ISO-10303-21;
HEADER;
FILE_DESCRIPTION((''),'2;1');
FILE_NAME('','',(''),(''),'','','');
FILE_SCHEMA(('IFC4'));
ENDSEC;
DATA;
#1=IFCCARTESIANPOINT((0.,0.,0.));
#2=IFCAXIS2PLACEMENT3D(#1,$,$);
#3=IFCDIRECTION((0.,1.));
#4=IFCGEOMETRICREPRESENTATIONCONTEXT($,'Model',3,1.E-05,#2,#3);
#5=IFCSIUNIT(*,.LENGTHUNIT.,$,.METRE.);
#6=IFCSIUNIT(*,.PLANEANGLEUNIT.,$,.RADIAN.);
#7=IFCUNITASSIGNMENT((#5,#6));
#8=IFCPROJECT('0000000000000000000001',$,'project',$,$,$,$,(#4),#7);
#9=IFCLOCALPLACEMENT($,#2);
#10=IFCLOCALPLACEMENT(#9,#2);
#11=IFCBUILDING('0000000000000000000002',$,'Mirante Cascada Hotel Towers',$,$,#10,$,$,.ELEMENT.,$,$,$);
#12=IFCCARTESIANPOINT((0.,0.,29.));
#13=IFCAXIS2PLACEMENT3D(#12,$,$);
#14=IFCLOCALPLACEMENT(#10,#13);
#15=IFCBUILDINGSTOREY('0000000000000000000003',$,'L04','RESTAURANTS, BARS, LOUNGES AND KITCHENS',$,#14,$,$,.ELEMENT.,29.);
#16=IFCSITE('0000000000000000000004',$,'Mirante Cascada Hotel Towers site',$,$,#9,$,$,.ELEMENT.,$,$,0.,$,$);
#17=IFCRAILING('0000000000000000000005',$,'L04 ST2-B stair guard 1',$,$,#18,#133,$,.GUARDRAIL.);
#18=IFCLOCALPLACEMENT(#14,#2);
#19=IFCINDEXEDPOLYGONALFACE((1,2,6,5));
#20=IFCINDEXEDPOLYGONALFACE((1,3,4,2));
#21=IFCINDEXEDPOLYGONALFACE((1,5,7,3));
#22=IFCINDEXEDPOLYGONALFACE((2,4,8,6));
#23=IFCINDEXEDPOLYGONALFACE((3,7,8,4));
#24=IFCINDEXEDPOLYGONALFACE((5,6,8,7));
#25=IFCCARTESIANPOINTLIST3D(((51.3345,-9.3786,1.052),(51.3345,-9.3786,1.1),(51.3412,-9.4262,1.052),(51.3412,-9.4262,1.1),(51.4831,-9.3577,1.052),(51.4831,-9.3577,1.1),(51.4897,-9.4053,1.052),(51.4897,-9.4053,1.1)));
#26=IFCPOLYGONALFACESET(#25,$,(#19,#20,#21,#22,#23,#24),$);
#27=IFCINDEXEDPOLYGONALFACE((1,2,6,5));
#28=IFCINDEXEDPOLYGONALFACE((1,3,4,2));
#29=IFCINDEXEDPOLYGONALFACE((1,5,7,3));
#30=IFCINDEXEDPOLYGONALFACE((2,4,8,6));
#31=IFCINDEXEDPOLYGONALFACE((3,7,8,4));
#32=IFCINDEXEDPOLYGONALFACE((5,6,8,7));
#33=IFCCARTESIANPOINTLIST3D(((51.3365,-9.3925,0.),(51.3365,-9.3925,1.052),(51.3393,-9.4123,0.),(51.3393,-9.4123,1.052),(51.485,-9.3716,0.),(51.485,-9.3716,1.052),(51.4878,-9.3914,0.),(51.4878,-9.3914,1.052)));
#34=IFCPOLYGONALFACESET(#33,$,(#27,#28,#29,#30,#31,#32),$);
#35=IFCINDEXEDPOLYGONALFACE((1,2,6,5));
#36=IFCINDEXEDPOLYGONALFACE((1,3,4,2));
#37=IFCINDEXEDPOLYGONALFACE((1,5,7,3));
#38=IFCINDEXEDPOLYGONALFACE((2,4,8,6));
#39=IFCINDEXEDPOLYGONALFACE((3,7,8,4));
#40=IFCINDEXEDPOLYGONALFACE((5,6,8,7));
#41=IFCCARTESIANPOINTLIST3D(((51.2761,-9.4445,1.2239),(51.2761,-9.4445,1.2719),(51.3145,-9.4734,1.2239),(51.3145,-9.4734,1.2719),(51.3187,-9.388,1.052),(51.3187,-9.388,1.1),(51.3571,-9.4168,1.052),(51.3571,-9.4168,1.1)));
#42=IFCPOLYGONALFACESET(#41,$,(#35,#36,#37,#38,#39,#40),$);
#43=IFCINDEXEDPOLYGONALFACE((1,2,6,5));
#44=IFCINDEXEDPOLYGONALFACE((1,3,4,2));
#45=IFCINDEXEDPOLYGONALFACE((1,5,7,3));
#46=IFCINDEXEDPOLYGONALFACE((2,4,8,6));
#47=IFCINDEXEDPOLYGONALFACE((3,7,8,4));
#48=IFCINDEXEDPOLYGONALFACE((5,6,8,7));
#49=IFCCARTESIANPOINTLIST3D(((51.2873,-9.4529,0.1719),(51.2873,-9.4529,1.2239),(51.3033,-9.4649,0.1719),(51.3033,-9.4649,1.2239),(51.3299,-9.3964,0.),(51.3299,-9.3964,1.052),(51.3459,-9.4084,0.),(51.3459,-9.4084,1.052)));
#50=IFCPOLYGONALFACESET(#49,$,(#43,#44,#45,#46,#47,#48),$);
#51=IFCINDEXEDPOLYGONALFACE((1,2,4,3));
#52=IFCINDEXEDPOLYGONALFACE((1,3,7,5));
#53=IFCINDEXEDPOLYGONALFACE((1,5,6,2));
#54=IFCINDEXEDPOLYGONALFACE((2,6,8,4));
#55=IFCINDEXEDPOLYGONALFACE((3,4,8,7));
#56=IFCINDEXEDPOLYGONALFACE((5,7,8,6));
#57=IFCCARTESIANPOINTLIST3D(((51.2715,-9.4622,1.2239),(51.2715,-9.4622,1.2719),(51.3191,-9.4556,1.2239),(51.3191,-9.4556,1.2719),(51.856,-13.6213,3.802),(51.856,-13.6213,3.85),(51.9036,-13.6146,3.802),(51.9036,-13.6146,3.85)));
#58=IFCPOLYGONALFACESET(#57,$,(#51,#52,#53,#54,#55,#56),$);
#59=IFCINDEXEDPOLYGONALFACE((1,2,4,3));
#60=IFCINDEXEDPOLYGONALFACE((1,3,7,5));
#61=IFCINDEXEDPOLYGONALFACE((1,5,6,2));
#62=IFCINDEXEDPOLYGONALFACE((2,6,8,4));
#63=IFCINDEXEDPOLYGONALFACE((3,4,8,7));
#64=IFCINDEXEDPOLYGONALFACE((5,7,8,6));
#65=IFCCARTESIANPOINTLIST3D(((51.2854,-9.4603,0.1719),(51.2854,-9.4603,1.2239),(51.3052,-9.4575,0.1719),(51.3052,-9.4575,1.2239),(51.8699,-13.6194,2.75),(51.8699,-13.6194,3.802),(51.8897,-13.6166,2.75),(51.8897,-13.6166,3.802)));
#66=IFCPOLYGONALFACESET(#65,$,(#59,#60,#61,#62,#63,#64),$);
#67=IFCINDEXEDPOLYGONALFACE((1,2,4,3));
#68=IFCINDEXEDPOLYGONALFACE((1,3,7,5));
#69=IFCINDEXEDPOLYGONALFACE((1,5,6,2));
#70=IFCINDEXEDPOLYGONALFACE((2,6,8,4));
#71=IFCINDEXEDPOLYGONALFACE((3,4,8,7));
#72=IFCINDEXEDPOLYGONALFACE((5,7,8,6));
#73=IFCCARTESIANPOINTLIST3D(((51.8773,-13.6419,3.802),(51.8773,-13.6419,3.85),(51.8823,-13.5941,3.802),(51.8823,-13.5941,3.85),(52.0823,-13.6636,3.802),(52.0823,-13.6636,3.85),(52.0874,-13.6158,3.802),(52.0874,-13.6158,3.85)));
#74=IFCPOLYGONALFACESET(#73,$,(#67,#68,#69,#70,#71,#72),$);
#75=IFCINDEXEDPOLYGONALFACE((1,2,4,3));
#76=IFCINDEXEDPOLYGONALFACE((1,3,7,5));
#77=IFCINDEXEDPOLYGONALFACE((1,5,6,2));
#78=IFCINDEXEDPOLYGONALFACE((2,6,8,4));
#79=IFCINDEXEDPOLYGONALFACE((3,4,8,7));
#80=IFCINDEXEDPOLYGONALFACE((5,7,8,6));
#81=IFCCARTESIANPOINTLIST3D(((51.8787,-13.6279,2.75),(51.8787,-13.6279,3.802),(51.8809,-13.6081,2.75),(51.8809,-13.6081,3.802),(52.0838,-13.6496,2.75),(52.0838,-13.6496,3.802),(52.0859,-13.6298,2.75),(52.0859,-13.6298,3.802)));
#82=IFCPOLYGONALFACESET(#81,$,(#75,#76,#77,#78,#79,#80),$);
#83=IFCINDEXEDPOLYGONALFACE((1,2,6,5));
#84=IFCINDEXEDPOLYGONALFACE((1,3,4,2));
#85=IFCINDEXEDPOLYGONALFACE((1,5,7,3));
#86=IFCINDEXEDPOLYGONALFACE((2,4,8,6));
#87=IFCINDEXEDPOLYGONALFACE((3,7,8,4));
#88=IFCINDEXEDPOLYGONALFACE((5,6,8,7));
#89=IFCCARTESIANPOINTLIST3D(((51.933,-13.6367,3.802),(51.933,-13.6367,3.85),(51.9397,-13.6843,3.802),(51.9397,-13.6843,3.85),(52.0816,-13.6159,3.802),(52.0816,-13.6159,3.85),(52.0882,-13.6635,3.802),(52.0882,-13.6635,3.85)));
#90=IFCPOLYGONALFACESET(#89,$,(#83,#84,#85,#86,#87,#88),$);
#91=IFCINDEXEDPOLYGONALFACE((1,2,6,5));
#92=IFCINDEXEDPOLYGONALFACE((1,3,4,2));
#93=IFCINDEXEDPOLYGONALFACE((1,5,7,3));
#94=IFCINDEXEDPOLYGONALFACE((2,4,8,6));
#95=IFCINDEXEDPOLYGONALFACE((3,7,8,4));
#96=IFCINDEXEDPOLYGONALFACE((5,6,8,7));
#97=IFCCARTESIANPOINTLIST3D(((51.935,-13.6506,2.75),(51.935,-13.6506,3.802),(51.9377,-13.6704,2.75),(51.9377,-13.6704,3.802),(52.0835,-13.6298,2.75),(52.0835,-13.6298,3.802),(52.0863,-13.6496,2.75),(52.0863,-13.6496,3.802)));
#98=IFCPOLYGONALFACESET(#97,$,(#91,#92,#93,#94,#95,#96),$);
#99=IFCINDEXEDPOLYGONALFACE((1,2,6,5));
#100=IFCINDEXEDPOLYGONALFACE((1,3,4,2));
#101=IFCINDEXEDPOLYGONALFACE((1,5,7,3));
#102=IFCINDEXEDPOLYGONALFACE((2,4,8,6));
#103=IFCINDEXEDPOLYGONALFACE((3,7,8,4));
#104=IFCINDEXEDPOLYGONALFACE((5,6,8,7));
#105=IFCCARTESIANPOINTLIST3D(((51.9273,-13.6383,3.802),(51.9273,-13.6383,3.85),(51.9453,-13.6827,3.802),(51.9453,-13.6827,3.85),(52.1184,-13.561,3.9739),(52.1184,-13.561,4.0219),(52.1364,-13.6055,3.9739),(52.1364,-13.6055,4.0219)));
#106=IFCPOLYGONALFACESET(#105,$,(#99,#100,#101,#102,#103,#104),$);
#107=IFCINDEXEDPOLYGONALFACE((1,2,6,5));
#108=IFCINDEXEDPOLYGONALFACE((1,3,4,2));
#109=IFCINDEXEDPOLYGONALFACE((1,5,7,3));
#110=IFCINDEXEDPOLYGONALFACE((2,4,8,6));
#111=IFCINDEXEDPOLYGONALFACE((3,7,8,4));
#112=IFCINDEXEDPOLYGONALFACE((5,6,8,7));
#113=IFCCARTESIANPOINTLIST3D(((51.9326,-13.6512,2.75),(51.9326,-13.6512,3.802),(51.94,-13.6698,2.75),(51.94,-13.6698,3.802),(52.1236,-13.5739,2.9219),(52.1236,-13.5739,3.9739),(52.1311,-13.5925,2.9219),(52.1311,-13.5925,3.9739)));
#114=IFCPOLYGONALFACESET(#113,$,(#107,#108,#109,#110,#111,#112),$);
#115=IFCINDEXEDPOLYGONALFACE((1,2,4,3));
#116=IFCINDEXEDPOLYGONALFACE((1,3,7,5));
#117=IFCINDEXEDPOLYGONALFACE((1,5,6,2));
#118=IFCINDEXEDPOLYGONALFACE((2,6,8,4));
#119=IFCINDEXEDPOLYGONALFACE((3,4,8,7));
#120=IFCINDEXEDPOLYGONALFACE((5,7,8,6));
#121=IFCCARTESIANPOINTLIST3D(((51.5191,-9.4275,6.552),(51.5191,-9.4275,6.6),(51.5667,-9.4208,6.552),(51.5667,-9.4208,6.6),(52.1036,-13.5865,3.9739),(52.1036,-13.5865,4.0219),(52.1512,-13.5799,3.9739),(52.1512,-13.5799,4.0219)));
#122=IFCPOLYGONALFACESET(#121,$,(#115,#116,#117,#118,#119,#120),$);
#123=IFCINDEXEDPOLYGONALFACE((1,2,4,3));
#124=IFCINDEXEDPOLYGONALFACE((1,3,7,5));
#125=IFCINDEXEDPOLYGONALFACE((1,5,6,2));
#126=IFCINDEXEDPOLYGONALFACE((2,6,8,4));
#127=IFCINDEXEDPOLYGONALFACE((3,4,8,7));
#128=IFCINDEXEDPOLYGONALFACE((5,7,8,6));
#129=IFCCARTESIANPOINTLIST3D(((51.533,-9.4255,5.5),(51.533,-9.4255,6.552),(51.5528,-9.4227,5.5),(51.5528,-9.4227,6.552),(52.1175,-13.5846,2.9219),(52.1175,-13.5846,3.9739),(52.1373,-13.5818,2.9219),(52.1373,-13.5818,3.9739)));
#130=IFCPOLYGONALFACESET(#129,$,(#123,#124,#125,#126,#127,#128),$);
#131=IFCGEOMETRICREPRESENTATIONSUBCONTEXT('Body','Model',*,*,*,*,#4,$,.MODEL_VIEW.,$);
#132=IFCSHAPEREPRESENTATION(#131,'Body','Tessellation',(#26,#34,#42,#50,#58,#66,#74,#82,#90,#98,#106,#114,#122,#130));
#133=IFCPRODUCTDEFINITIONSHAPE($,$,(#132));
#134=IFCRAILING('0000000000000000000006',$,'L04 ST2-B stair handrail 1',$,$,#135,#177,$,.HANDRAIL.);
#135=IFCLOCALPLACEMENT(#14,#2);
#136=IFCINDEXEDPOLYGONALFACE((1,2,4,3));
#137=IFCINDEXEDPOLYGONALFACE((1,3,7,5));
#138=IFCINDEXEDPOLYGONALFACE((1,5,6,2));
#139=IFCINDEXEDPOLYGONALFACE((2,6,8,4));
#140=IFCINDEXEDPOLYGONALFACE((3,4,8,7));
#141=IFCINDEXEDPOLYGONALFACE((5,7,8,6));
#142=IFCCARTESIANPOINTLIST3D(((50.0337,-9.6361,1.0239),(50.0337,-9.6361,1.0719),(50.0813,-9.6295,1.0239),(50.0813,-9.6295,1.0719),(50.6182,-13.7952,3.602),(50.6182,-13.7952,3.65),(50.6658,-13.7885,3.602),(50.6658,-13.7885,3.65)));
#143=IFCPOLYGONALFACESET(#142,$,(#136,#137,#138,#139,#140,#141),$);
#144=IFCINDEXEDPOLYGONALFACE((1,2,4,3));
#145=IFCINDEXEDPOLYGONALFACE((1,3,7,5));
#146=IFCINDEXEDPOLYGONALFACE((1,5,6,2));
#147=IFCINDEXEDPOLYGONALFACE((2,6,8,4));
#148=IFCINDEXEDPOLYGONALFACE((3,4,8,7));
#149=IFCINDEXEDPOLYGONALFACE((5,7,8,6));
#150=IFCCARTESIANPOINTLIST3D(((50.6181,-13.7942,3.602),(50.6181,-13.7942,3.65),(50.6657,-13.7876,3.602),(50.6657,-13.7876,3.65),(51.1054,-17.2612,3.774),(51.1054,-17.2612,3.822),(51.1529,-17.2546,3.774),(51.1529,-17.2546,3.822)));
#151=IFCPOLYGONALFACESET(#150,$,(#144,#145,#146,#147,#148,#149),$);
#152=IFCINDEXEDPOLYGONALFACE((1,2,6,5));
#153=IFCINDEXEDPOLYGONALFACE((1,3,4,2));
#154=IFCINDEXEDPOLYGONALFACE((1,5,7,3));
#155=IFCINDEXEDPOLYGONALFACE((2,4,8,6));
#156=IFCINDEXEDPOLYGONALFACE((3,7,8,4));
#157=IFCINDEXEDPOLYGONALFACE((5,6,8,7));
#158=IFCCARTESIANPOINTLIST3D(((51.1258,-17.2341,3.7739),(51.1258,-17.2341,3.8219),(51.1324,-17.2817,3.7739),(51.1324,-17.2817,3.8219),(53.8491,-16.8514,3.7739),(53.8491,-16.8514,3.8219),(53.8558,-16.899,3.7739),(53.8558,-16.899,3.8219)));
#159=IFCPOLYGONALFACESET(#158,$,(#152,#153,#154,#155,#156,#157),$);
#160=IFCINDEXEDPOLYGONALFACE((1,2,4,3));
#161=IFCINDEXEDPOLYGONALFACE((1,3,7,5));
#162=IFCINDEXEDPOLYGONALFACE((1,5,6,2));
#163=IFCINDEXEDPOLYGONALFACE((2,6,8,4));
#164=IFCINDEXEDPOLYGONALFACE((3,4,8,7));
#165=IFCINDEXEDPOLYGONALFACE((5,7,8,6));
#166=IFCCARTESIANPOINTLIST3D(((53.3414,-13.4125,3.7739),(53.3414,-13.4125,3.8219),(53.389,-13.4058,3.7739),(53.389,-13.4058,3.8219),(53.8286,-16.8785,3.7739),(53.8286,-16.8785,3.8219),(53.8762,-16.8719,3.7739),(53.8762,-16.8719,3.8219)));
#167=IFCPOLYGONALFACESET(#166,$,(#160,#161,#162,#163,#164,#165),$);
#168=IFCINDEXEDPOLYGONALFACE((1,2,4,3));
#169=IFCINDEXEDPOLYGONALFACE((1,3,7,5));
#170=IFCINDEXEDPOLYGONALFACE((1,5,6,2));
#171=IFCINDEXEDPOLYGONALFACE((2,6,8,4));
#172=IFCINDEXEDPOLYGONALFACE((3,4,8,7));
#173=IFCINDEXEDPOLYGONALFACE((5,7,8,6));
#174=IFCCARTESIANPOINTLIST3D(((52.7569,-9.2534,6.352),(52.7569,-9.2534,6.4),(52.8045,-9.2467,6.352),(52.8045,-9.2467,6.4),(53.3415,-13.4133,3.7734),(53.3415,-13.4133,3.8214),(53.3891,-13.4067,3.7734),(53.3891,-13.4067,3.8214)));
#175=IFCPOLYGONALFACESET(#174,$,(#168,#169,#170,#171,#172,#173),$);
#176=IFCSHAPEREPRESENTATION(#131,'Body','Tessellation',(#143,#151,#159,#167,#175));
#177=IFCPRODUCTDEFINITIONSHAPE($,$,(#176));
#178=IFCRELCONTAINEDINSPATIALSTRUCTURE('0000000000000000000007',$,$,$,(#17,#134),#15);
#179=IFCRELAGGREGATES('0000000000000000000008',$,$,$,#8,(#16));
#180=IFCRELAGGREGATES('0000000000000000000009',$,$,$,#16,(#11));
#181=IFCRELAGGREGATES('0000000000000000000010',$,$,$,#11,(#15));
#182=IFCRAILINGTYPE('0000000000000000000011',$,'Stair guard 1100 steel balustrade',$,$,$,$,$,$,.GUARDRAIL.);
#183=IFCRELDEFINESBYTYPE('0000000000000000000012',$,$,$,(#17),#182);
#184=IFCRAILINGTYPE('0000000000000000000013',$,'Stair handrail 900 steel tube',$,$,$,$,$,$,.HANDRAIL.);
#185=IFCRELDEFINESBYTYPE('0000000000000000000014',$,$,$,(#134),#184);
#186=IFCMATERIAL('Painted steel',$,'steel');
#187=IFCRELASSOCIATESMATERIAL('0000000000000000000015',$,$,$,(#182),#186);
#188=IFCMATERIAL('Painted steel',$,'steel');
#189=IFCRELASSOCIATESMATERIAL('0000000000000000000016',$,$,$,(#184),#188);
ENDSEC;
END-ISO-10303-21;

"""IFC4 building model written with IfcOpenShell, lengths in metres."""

from ifc_helpers import new_model, si_unit, direction, frame, origin, origin_2d, place, context, subcontext, project, spatial, rectangle, extrude, material, type_object, element, save


model = new_model("IFC4")

# Units and contexts
model_context = context("Model", 3, precision=1e-05, world=origin(), true_north=direction((0.0, 1.0)))
body_context = subcontext(model_context, "Body", "Model", "MODEL_VIEW")
ifc_project = project(units=[si_unit("LENGTHUNIT", "METRE"), si_unit("PLANEANGLEUNIT", "RADIAN")], contexts=[model_context])

# Site, building, storey
site_placement = place(None, origin())
site = spatial("IfcSite", under=ifc_project, at=site_placement, Name="Mirante Cascada Hotel Towers site", CompositionType="ELEMENT", RefElevation=0.0)
building_placement = place(site_placement, origin())
building = spatial("IfcBuilding", under=site, at=building_placement, Name="Mirante Cascada Hotel Towers", CompositionType="ELEMENT")
storey_placement = place(building_placement, frame((0.0, 0.0, 29.0)))
storey = spatial("IfcBuildingStorey", under=building, at=storey_placement, Name="L04", Description="RESTAURANTS, BARS, LOUNGES AND KITCHENS", CompositionType="ELEMENT", Elevation=29.0)

# Railings
ifc_material_1 = material(Name="Painted steel", Category="steel")
railing_type_1 = type_object("IfcRailingType", Name="Stair guard 1100 steel balustrade", PredefinedType="GUARDRAIL", material=ifc_material_1)
railing_1_placement = place(storey_placement, frame((51.4864, -9.3815, 0.0)))
element("IfcRailing", 1, at=railing_1_placement, inside=storey, type_object=railing_type_1, Name="L04 ST2-B stair guard 1", PredefinedType="GUARDRAIL", context=body_context, shape_type="SweptSolid", body=[
    extrude(rectangle(XDim=0.048, YDim=0.048, at=origin_2d()), frame((0.0, 0.0, 1.076), z_axis=(-0.990241, -0.139367, 0.0), x_axis=(0.139367, -0.990241, 0.0)), (0.0, 0.0, 1.0), 0.15),
    extrude(rectangle(XDim=0.02, YDim=1.052, at=origin_2d()), frame((0.0, 0.0, 0.526), z_axis=(-0.990241, -0.139367, 0.0), x_axis=(0.139367, -0.990241, 0.0)), (0.0, 0.0, 1.0), 0.15),
    extrude(rectangle(XDim=0.048, YDim=0.048, at=origin_2d()), frame((-0.1485, -0.0209, 1.076), z_axis=(-0.602033, -0.798471, 0.0), x_axis=(0.798471, -0.602033, 0.0)), (0.0, 0.92472, 0.380648), 0.1859),
    extrude(rectangle(XDim=0.02, YDim=1.052, at=origin_2d()), frame((-0.1485, -0.0209, 0.526), z_axis=(-0.602033, -0.798471, 0.0), x_axis=(0.798471, -0.602033, 0.0)), (0.0, 0.92472, 0.380648), 0.1859),
    extrude(rectangle(XDim=0.048, YDim=0.048, at=origin_2d()), frame((-0.1911, -0.0774, 1.2479), z_axis=(0.139168, -0.990269, 0.0), x_axis=(0.990269, 0.139168, 0.0)), (0.0, 0.523141, 0.852246), 4.9281),
    extrude(rectangle(XDim=0.02, YDim=1.052, at=origin_2d()), frame((-0.1911, -0.0774, 0.6979), z_axis=(0.139168, -0.990269, 0.0), x_axis=(0.990269, 0.139168, 0.0)), (0.0, 0.523141, 0.852246), 4.9281),
    extrude(rectangle(XDim=0.048, YDim=0.048, at=origin_2d()), frame((0.3934, -4.2365, 3.826), z_axis=(0.994449, -0.105215, 0.0), x_axis=(0.105215, 0.994449, 0.0)), (0.0, 0.0, 1.0), 0.2062),
    extrude(rectangle(XDim=0.02, YDim=1.052, at=origin_2d()), frame((0.3934, -4.2365, 3.276), z_axis=(0.994449, -0.105215, 0.0), x_axis=(0.105215, 0.994449, 0.0)), (0.0, 0.0, 1.0), 0.2062),
    extrude(rectangle(XDim=0.048, YDim=0.048, at=origin_2d()), frame((0.5985, -4.2582, 3.826), z_axis=(-0.990345, -0.138622, 0.0), x_axis=(0.138622, -0.990345, 0.0)), (0.0, 0.0, 1.0), 0.15),
    extrude(rectangle(XDim=0.02, YDim=1.052, at=origin_2d()), frame((0.5985, -4.2582, 3.276), z_axis=(-0.990345, -0.138622, 0.0), x_axis=(0.138622, -0.990345, 0.0)), (0.0, 0.0, 1.0), 0.15),
    extrude(rectangle(XDim=0.048, YDim=0.048, at=origin_2d()), frame((0.4499, -4.279, 3.826), z_axis=(0.927031, 0.374984, 0.0), x_axis=(-0.374984, 0.927031, 0.0)), (0.0, 0.640437, 0.76801), 0.2684),
    extrude(rectangle(XDim=0.02, YDim=1.052, at=origin_2d()), frame((0.4499, -4.279, 3.276), z_axis=(0.927031, 0.374984, 0.0), x_axis=(-0.374984, 0.927031, 0.0)), (0.0, 0.640437, 0.76801), 0.2684),
    extrude(rectangle(XDim=0.048, YDim=0.048, at=origin_2d()), frame((0.641, -4.2017, 3.9979), z_axis=(-0.139168, 0.990269, 0.0), x_axis=(-0.990269, -0.139168, 0.0)), (0.0, 0.523141, 0.852246), 4.9281),
    extrude(rectangle(XDim=0.02, YDim=1.052, at=origin_2d()), frame((0.641, -4.2017, 3.4479), z_axis=(-0.139168, 0.990269, 0.0), x_axis=(-0.990269, -0.139168, 0.0)), (0.0, 0.523141, 0.852246), 4.9281),
])
ifc_material_2 = material(Name="Painted steel", Category="steel")
railing_type_2 = type_object("IfcRailingType", Name="Stair handrail 900 steel tube", PredefinedType="HANDRAIL", material=ifc_material_2)
railing_2_placement = place(storey_placement, frame((50.0575, -9.6328, 0.1719)))
element("IfcRailing", 2, at=railing_2_placement, inside=storey, type_object=railing_type_2, Name="L04 ST2-B stair handrail 1", PredefinedType="HANDRAIL", context=body_context, shape_type="SweptSolid", body=[
    extrude(rectangle(XDim=0.048, YDim=0.048, at=origin_2d()), frame((0.0, 0.0, 0.876), z_axis=(0.139168, -0.990269, 0.0), x_axis=(0.990269, 0.139168, 0.0)), (0.0, 0.523141, 0.852246), 4.9281),
    extrude(rectangle(XDim=0.048, YDim=0.048, at=origin_2d()), frame((0.5844, -4.1581, 3.4541), z_axis=(0.139169, -0.990269, 0.0), x_axis=(0.990269, 0.139169, 0.0)), (0.0, 0.049054, 0.998796), 3.5053),
    extrude(rectangle(XDim=0.048, YDim=0.048, at=origin_2d()), frame((1.0716, -7.6251, 3.626), z_axis=(0.99027, 0.139161, 0.0), x_axis=(-0.139161, 0.99027, 0.0)), (0.0, 0.0, 1.0), 2.7501),
    extrude(rectangle(XDim=0.048, YDim=0.048, at=origin_2d()), frame((3.7949, -7.2424, 3.626), z_axis=(-0.139197, 0.990265, 0.0), x_axis=(-0.990265, -0.139197, 0.0)), (0.0, 0.0, 1.0), 3.5001),
    extrude(rectangle(XDim=0.048, YDim=0.048, at=origin_2d()), frame((3.3078, -3.7772, 3.6255), z_axis=(-0.139168, 0.990269, 0.0), x_axis=(-0.990269, -0.139168, 0.0)), (0.0, 0.523141, 0.852246), 4.9291),
])

save(model, "model.ifc")
